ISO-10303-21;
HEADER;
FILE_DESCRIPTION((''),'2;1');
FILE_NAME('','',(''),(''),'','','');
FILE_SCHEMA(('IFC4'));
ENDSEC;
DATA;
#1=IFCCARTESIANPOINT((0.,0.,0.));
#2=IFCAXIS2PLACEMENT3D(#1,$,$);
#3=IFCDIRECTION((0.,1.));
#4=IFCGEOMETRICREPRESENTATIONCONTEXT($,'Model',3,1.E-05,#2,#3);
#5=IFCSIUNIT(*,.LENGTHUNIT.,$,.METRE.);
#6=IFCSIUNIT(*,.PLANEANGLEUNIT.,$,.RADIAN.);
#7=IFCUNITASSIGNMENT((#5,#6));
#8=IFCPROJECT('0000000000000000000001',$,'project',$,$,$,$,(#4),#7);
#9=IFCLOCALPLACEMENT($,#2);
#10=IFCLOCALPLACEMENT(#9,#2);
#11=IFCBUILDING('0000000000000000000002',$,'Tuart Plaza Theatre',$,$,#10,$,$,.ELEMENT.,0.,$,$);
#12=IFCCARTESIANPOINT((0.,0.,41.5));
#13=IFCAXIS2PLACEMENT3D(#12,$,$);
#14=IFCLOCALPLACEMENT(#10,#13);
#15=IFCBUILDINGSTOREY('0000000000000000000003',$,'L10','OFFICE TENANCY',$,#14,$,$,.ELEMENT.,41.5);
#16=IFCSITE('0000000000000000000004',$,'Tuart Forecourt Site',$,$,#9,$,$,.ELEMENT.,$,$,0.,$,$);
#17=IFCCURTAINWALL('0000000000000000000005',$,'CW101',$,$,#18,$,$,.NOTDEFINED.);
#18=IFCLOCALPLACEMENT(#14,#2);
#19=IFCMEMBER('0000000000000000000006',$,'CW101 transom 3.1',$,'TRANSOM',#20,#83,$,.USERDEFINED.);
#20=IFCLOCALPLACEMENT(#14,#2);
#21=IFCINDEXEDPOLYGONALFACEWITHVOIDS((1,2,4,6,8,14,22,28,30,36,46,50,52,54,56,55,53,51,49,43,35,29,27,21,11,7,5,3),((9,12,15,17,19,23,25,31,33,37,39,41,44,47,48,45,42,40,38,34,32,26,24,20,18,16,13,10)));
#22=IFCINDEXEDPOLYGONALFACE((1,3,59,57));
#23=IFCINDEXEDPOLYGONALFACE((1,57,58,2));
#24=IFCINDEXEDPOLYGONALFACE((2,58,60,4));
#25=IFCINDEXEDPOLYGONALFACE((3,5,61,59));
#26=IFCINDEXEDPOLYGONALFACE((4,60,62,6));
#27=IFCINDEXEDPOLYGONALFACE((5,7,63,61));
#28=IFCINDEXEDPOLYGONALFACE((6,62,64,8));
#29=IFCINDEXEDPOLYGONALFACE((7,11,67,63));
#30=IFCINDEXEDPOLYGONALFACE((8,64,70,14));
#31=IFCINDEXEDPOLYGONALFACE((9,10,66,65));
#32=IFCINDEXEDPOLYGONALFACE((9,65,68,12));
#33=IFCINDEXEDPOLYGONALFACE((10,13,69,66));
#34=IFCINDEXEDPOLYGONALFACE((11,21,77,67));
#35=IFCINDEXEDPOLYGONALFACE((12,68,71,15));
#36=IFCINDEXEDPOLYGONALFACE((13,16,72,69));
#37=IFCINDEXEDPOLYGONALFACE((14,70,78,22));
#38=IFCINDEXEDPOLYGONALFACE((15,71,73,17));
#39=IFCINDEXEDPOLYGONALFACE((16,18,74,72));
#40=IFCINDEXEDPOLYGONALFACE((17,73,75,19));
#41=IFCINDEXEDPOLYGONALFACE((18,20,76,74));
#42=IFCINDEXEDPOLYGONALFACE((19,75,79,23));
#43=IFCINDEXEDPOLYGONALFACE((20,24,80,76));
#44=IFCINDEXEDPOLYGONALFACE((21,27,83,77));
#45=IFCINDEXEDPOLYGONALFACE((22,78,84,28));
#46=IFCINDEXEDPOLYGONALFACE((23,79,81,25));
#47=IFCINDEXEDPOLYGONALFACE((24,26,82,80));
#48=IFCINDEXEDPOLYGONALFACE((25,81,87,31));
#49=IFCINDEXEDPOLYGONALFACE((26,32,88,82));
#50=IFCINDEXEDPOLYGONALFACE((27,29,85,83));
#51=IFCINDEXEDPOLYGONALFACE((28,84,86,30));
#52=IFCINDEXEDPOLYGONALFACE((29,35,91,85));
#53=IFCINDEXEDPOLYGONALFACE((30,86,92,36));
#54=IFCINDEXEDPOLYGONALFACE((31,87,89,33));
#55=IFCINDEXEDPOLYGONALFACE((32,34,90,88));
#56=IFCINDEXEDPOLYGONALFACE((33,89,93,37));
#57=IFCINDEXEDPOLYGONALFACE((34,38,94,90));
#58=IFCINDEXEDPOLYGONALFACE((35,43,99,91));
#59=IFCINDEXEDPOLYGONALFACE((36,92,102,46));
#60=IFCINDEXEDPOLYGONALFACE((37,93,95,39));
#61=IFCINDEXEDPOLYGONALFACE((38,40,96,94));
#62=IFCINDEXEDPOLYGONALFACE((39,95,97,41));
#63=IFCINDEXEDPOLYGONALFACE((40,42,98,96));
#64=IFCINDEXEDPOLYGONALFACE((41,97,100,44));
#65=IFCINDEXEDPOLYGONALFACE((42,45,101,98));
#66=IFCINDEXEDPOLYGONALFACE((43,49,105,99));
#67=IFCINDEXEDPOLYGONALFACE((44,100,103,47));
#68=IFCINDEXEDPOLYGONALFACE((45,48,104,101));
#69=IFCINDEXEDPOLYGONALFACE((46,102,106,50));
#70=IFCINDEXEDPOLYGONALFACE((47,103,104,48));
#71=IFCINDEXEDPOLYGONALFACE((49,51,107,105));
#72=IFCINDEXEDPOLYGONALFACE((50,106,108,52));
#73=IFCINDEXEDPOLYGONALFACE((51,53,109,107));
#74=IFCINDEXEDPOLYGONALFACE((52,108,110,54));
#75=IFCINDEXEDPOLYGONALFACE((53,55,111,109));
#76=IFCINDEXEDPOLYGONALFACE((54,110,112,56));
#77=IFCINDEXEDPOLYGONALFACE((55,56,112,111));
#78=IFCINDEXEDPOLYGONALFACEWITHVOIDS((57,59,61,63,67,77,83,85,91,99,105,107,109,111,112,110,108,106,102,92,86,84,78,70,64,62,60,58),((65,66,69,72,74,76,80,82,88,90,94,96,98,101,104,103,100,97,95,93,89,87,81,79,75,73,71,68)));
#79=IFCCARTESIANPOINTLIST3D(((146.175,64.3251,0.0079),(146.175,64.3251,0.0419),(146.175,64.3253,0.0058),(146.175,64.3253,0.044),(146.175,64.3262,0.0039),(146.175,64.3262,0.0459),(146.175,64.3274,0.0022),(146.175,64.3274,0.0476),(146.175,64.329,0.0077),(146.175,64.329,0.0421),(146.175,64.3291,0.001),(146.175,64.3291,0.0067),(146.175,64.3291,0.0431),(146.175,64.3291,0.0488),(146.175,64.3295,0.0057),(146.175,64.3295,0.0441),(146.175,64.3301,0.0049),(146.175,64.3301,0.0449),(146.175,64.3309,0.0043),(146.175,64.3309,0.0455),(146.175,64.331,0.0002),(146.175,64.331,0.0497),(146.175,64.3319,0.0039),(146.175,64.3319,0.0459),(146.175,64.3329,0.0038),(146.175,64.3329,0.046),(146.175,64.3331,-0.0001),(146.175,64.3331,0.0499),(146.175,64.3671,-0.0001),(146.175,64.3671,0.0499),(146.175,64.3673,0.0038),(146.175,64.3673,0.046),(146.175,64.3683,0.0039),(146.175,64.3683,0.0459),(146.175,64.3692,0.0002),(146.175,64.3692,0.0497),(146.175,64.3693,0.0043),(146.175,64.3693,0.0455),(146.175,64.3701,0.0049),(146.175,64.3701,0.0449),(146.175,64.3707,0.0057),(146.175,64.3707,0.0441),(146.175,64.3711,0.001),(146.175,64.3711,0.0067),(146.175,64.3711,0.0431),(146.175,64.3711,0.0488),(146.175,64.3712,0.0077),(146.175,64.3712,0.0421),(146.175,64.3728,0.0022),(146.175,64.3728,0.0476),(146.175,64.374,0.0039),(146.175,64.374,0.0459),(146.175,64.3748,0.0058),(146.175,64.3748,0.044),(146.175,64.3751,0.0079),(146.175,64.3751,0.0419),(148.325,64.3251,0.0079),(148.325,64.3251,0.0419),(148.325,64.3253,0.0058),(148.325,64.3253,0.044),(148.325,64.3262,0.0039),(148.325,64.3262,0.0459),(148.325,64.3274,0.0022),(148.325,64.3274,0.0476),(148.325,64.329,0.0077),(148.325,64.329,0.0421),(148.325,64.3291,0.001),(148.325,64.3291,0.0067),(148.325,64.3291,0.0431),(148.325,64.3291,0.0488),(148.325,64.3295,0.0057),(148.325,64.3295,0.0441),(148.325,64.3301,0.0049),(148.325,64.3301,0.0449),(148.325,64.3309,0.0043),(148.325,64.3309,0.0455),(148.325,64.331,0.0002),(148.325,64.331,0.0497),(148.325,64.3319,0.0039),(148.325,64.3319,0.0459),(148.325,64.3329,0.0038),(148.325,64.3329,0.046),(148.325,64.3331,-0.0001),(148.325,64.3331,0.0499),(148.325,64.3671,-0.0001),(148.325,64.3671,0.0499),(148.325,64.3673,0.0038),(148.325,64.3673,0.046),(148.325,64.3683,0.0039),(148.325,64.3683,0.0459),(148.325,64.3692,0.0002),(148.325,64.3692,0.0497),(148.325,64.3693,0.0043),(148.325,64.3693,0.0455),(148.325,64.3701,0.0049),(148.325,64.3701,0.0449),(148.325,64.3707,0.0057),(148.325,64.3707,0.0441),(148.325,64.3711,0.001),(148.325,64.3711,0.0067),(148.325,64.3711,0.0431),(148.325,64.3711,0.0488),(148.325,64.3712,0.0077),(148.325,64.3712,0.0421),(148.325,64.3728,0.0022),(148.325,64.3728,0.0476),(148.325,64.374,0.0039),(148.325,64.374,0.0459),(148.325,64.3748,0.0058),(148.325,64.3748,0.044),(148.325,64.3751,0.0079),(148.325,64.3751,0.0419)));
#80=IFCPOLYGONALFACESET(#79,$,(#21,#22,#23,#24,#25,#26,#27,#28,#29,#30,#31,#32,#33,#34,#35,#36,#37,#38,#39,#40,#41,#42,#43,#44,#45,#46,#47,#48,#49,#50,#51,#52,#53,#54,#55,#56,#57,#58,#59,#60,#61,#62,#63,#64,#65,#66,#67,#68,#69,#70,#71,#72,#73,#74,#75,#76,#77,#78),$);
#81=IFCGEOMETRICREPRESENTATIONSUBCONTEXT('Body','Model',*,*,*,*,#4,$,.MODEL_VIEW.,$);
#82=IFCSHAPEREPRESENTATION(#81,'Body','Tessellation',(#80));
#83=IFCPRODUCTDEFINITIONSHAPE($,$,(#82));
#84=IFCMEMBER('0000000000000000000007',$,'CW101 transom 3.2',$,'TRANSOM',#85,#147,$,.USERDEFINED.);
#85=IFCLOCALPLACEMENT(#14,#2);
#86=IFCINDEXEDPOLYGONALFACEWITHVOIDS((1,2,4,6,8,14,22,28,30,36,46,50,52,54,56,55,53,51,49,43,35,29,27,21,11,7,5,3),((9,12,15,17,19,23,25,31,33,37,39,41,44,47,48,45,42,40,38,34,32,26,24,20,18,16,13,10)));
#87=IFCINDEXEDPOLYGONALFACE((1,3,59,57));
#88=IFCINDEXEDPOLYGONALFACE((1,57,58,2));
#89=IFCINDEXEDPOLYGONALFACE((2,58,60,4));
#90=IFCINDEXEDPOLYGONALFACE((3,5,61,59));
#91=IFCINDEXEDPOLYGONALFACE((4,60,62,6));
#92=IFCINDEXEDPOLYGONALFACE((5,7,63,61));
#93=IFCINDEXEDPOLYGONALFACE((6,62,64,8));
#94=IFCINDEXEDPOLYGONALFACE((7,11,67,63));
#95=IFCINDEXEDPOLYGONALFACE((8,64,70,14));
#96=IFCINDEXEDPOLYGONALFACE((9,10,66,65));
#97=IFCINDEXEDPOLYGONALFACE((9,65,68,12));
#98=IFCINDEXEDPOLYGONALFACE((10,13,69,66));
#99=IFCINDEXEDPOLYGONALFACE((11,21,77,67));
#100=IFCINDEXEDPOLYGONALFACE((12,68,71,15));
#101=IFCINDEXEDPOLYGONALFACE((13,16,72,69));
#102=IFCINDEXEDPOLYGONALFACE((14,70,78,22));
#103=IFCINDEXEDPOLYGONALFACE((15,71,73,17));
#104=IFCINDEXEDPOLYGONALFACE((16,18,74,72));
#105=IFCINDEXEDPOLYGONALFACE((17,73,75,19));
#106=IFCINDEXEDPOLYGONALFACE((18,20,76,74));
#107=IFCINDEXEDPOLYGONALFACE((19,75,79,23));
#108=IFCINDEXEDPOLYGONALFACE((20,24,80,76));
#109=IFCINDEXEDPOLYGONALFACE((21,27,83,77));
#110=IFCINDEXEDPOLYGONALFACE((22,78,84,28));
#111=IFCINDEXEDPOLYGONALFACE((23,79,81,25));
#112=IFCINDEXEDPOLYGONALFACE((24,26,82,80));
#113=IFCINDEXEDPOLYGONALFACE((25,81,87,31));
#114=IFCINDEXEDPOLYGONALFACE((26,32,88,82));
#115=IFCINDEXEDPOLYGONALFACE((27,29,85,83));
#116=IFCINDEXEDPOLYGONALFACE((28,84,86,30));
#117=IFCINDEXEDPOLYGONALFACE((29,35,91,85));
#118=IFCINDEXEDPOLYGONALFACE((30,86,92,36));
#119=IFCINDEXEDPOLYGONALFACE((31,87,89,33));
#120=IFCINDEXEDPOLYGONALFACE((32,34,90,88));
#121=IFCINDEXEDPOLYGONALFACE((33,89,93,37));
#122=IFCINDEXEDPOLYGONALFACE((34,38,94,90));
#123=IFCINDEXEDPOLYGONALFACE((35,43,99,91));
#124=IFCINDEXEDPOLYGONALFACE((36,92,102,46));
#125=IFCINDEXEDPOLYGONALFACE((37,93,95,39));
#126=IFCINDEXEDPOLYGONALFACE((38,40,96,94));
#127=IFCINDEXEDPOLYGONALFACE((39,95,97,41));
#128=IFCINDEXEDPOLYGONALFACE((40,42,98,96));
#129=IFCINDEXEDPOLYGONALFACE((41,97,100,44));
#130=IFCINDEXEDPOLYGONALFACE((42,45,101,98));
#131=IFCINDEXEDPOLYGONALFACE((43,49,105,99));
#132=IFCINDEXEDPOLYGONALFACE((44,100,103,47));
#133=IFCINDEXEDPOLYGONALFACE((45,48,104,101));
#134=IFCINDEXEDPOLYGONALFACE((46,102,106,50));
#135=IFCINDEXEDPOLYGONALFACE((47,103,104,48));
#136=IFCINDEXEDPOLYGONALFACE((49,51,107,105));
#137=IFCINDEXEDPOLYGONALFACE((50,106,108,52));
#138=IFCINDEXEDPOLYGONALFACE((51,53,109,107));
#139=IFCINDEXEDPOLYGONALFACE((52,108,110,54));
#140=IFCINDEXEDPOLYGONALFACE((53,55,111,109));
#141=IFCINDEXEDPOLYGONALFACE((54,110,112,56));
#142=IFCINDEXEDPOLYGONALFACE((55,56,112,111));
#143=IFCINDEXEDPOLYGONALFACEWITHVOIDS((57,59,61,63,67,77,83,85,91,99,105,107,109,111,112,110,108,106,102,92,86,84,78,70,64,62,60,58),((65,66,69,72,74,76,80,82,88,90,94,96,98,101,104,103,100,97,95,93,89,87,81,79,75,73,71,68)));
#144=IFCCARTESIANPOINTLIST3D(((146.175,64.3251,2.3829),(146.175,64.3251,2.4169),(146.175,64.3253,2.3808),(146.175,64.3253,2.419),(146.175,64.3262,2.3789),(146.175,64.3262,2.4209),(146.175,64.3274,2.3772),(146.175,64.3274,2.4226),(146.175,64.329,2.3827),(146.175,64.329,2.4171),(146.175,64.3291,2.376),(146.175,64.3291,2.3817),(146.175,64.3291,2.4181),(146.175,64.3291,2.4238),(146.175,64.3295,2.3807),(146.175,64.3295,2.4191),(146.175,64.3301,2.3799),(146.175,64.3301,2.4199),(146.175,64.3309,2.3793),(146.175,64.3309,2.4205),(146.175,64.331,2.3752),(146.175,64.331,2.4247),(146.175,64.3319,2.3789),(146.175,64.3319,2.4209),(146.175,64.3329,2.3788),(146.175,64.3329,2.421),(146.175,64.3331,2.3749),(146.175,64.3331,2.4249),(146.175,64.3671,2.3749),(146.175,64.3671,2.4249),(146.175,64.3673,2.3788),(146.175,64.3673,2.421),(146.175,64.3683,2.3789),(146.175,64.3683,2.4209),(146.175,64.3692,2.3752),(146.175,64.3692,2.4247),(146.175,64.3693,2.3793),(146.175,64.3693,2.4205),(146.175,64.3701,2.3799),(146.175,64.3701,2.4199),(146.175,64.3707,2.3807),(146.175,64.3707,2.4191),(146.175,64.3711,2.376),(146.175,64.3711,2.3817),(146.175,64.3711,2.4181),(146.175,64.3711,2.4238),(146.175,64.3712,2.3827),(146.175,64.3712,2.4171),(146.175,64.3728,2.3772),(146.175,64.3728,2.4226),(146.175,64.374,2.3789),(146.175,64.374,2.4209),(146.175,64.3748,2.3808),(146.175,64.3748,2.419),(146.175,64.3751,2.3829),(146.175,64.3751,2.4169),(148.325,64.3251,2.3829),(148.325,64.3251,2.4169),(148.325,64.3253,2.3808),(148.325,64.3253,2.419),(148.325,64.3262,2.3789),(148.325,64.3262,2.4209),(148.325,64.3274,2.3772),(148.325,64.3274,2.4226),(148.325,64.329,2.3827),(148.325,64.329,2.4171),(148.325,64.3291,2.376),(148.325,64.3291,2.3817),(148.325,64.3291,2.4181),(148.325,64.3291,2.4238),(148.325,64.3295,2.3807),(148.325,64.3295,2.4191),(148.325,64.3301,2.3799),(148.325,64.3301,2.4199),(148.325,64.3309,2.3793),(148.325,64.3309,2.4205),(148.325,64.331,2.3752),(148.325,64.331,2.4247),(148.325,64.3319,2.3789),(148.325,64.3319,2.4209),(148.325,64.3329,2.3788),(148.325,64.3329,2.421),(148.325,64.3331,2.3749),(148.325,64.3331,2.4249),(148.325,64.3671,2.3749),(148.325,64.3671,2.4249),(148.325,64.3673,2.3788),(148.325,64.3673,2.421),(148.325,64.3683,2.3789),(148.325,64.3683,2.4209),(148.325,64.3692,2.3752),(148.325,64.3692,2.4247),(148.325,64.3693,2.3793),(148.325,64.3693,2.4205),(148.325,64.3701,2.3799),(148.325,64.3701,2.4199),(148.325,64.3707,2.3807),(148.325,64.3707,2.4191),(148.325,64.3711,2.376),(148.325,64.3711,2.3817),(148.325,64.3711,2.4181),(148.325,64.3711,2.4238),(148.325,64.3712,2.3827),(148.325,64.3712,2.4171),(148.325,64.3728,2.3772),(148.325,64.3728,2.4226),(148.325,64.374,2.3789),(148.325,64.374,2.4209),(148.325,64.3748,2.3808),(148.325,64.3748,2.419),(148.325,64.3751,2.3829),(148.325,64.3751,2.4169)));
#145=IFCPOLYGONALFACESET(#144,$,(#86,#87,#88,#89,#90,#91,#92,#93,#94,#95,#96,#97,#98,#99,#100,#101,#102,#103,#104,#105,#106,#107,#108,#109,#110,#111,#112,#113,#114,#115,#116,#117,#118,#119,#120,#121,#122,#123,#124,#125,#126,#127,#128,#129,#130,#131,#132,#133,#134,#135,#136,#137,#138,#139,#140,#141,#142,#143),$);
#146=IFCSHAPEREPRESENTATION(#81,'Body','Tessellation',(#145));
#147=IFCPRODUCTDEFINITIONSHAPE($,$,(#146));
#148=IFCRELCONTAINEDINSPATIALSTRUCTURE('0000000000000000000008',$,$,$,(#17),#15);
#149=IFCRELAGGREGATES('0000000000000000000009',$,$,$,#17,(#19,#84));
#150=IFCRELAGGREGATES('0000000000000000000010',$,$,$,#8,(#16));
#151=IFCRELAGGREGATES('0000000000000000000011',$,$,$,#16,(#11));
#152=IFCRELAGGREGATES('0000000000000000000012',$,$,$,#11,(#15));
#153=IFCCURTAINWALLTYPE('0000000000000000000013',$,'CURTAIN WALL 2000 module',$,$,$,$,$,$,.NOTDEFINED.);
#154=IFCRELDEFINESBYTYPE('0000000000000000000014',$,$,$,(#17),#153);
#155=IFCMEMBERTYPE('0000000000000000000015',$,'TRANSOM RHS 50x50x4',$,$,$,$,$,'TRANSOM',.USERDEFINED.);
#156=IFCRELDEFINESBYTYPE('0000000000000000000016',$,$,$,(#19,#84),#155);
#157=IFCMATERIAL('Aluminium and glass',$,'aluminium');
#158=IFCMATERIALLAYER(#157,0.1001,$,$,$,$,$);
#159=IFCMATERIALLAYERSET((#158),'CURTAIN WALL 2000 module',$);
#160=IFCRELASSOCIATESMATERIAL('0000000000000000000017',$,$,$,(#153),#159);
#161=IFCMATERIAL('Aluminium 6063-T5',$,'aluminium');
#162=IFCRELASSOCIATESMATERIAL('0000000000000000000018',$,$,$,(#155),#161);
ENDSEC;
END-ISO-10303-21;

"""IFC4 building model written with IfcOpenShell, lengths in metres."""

from ifc_helpers import new_model, si_unit, direction, frame, origin, origin_2d, place, context, subcontext, project, spatial, hollow_rectangle, extrude, material, layer, layer_set, material_profile, profile_set, type_object, element, aggregate, save


model = new_model("IFC4")

# Units and contexts
model_context = context("Model", 3, precision=1e-05, world=origin(), true_north=direction((0.0, 1.0)))
body_context = subcontext(model_context, "Body", "Model", "MODEL_VIEW")
ifc_project = project(units=[si_unit("LENGTHUNIT", "METRE"), si_unit("PLANEANGLEUNIT", "RADIAN")], contexts=[model_context])

# Site, building, storey
site_placement = place(None, origin())
site = spatial("IfcSite", under=ifc_project, at=site_placement, Name="Tuart Forecourt Site", CompositionType="ELEMENT", RefElevation=0.0)
building_placement = place(site_placement, origin())
building = spatial("IfcBuilding", under=site, at=building_placement, Name="Tuart Plaza Theatre", CompositionType="ELEMENT", ElevationOfRefHeight=0.0)
storey_placement = place(building_placement, frame((0.0, 0.0, 41.5)))
storey = spatial("IfcBuildingStorey", under=building, at=storey_placement, Name="L10", Description="OFFICE TENANCY", CompositionType="ELEMENT", Elevation=41.5)

# Shared definitions
ifc_material_1 = material(Name="Aluminium and glass", Category="aluminium")
ifc_layer_1 = layer(ifc_material_1, 0.1001)
ifc_layer_set_1 = layer_set([ifc_layer_1], Name="CURTAIN WALL 2000 module")
curtain_wall_type = type_object("IfcCurtainWallType", Name="CURTAIN WALL 2000 module", PredefinedType="NOTDEFINED", material=ifc_layer_set_1)

# Curtain wall, members
curtain_wall_1_placement = place(storey_placement, origin())
curtain_wall_1 = element("IfcCurtainWall", 1, at=curtain_wall_1_placement, inside=storey, type_object=curtain_wall_type, Name="CW101", PredefinedType="NOTDEFINED")
ifc_material_2 = material(Name="Aluminium 6063-T5", Category="aluminium")
ifc_material_profile_1 = material_profile(ifc_material_2, hollow_rectangle(XDim=0.05, YDim=0.05, WallThickness=0.0039, InnerFilletRadius=0.0039, OuterFilletRadius=0.0081, at=origin_2d()), Name="RHS 50x50x4")
ifc_profile_set_1 = profile_set([ifc_material_profile_1], Name="Aluminium 6063-T5")
member_type_1 = type_object("IfcMemberType", Name="TRANSOM RHS 50x50x4", ElementType="TRANSOM", PredefinedType="USERDEFINED", material=ifc_profile_set_1)
member_1_placement = place(storey_placement, frame((146.175, 64.3501, 0.0249), z_axis=(1.0, 0.0, 0.0), x_axis=(0.0, 1.0, 0.0)))
member_1 = element("IfcMember", 2, at=member_1_placement, type_object=member_type_1, Name="CW101 transom 3.1", ObjectType="TRANSOM", PredefinedType="USERDEFINED", context=body_context, shape_type="SweptSolid", body=[
    extrude(hollow_rectangle(XDim=0.05, YDim=0.05, WallThickness=0.0039, InnerFilletRadius=0.0039, OuterFilletRadius=0.0081, at=origin_2d()), origin(), (0.0, 0.0, 1.0), 2.1499),
])
member_2_placement = place(storey_placement, frame((146.175, 64.3501, 2.3999), z_axis=(1.0, 0.0, 0.0), x_axis=(0.0, 1.0, 0.0)))
member_2 = element("IfcMember", 3, at=member_2_placement, type_object=member_type_1, Name="CW101 transom 3.2", ObjectType="TRANSOM", PredefinedType="USERDEFINED", context=body_context, shape_type="SweptSolid", body=[
    extrude(hollow_rectangle(XDim=0.05, YDim=0.05, WallThickness=0.0039, InnerFilletRadius=0.0039, OuterFilletRadius=0.0081, at=origin_2d()), origin(), (0.0, 0.0, 1.0), 2.1499),
])

aggregate(curtain_wall_1, [member_1, member_2])

save(model, "model.ifc")
